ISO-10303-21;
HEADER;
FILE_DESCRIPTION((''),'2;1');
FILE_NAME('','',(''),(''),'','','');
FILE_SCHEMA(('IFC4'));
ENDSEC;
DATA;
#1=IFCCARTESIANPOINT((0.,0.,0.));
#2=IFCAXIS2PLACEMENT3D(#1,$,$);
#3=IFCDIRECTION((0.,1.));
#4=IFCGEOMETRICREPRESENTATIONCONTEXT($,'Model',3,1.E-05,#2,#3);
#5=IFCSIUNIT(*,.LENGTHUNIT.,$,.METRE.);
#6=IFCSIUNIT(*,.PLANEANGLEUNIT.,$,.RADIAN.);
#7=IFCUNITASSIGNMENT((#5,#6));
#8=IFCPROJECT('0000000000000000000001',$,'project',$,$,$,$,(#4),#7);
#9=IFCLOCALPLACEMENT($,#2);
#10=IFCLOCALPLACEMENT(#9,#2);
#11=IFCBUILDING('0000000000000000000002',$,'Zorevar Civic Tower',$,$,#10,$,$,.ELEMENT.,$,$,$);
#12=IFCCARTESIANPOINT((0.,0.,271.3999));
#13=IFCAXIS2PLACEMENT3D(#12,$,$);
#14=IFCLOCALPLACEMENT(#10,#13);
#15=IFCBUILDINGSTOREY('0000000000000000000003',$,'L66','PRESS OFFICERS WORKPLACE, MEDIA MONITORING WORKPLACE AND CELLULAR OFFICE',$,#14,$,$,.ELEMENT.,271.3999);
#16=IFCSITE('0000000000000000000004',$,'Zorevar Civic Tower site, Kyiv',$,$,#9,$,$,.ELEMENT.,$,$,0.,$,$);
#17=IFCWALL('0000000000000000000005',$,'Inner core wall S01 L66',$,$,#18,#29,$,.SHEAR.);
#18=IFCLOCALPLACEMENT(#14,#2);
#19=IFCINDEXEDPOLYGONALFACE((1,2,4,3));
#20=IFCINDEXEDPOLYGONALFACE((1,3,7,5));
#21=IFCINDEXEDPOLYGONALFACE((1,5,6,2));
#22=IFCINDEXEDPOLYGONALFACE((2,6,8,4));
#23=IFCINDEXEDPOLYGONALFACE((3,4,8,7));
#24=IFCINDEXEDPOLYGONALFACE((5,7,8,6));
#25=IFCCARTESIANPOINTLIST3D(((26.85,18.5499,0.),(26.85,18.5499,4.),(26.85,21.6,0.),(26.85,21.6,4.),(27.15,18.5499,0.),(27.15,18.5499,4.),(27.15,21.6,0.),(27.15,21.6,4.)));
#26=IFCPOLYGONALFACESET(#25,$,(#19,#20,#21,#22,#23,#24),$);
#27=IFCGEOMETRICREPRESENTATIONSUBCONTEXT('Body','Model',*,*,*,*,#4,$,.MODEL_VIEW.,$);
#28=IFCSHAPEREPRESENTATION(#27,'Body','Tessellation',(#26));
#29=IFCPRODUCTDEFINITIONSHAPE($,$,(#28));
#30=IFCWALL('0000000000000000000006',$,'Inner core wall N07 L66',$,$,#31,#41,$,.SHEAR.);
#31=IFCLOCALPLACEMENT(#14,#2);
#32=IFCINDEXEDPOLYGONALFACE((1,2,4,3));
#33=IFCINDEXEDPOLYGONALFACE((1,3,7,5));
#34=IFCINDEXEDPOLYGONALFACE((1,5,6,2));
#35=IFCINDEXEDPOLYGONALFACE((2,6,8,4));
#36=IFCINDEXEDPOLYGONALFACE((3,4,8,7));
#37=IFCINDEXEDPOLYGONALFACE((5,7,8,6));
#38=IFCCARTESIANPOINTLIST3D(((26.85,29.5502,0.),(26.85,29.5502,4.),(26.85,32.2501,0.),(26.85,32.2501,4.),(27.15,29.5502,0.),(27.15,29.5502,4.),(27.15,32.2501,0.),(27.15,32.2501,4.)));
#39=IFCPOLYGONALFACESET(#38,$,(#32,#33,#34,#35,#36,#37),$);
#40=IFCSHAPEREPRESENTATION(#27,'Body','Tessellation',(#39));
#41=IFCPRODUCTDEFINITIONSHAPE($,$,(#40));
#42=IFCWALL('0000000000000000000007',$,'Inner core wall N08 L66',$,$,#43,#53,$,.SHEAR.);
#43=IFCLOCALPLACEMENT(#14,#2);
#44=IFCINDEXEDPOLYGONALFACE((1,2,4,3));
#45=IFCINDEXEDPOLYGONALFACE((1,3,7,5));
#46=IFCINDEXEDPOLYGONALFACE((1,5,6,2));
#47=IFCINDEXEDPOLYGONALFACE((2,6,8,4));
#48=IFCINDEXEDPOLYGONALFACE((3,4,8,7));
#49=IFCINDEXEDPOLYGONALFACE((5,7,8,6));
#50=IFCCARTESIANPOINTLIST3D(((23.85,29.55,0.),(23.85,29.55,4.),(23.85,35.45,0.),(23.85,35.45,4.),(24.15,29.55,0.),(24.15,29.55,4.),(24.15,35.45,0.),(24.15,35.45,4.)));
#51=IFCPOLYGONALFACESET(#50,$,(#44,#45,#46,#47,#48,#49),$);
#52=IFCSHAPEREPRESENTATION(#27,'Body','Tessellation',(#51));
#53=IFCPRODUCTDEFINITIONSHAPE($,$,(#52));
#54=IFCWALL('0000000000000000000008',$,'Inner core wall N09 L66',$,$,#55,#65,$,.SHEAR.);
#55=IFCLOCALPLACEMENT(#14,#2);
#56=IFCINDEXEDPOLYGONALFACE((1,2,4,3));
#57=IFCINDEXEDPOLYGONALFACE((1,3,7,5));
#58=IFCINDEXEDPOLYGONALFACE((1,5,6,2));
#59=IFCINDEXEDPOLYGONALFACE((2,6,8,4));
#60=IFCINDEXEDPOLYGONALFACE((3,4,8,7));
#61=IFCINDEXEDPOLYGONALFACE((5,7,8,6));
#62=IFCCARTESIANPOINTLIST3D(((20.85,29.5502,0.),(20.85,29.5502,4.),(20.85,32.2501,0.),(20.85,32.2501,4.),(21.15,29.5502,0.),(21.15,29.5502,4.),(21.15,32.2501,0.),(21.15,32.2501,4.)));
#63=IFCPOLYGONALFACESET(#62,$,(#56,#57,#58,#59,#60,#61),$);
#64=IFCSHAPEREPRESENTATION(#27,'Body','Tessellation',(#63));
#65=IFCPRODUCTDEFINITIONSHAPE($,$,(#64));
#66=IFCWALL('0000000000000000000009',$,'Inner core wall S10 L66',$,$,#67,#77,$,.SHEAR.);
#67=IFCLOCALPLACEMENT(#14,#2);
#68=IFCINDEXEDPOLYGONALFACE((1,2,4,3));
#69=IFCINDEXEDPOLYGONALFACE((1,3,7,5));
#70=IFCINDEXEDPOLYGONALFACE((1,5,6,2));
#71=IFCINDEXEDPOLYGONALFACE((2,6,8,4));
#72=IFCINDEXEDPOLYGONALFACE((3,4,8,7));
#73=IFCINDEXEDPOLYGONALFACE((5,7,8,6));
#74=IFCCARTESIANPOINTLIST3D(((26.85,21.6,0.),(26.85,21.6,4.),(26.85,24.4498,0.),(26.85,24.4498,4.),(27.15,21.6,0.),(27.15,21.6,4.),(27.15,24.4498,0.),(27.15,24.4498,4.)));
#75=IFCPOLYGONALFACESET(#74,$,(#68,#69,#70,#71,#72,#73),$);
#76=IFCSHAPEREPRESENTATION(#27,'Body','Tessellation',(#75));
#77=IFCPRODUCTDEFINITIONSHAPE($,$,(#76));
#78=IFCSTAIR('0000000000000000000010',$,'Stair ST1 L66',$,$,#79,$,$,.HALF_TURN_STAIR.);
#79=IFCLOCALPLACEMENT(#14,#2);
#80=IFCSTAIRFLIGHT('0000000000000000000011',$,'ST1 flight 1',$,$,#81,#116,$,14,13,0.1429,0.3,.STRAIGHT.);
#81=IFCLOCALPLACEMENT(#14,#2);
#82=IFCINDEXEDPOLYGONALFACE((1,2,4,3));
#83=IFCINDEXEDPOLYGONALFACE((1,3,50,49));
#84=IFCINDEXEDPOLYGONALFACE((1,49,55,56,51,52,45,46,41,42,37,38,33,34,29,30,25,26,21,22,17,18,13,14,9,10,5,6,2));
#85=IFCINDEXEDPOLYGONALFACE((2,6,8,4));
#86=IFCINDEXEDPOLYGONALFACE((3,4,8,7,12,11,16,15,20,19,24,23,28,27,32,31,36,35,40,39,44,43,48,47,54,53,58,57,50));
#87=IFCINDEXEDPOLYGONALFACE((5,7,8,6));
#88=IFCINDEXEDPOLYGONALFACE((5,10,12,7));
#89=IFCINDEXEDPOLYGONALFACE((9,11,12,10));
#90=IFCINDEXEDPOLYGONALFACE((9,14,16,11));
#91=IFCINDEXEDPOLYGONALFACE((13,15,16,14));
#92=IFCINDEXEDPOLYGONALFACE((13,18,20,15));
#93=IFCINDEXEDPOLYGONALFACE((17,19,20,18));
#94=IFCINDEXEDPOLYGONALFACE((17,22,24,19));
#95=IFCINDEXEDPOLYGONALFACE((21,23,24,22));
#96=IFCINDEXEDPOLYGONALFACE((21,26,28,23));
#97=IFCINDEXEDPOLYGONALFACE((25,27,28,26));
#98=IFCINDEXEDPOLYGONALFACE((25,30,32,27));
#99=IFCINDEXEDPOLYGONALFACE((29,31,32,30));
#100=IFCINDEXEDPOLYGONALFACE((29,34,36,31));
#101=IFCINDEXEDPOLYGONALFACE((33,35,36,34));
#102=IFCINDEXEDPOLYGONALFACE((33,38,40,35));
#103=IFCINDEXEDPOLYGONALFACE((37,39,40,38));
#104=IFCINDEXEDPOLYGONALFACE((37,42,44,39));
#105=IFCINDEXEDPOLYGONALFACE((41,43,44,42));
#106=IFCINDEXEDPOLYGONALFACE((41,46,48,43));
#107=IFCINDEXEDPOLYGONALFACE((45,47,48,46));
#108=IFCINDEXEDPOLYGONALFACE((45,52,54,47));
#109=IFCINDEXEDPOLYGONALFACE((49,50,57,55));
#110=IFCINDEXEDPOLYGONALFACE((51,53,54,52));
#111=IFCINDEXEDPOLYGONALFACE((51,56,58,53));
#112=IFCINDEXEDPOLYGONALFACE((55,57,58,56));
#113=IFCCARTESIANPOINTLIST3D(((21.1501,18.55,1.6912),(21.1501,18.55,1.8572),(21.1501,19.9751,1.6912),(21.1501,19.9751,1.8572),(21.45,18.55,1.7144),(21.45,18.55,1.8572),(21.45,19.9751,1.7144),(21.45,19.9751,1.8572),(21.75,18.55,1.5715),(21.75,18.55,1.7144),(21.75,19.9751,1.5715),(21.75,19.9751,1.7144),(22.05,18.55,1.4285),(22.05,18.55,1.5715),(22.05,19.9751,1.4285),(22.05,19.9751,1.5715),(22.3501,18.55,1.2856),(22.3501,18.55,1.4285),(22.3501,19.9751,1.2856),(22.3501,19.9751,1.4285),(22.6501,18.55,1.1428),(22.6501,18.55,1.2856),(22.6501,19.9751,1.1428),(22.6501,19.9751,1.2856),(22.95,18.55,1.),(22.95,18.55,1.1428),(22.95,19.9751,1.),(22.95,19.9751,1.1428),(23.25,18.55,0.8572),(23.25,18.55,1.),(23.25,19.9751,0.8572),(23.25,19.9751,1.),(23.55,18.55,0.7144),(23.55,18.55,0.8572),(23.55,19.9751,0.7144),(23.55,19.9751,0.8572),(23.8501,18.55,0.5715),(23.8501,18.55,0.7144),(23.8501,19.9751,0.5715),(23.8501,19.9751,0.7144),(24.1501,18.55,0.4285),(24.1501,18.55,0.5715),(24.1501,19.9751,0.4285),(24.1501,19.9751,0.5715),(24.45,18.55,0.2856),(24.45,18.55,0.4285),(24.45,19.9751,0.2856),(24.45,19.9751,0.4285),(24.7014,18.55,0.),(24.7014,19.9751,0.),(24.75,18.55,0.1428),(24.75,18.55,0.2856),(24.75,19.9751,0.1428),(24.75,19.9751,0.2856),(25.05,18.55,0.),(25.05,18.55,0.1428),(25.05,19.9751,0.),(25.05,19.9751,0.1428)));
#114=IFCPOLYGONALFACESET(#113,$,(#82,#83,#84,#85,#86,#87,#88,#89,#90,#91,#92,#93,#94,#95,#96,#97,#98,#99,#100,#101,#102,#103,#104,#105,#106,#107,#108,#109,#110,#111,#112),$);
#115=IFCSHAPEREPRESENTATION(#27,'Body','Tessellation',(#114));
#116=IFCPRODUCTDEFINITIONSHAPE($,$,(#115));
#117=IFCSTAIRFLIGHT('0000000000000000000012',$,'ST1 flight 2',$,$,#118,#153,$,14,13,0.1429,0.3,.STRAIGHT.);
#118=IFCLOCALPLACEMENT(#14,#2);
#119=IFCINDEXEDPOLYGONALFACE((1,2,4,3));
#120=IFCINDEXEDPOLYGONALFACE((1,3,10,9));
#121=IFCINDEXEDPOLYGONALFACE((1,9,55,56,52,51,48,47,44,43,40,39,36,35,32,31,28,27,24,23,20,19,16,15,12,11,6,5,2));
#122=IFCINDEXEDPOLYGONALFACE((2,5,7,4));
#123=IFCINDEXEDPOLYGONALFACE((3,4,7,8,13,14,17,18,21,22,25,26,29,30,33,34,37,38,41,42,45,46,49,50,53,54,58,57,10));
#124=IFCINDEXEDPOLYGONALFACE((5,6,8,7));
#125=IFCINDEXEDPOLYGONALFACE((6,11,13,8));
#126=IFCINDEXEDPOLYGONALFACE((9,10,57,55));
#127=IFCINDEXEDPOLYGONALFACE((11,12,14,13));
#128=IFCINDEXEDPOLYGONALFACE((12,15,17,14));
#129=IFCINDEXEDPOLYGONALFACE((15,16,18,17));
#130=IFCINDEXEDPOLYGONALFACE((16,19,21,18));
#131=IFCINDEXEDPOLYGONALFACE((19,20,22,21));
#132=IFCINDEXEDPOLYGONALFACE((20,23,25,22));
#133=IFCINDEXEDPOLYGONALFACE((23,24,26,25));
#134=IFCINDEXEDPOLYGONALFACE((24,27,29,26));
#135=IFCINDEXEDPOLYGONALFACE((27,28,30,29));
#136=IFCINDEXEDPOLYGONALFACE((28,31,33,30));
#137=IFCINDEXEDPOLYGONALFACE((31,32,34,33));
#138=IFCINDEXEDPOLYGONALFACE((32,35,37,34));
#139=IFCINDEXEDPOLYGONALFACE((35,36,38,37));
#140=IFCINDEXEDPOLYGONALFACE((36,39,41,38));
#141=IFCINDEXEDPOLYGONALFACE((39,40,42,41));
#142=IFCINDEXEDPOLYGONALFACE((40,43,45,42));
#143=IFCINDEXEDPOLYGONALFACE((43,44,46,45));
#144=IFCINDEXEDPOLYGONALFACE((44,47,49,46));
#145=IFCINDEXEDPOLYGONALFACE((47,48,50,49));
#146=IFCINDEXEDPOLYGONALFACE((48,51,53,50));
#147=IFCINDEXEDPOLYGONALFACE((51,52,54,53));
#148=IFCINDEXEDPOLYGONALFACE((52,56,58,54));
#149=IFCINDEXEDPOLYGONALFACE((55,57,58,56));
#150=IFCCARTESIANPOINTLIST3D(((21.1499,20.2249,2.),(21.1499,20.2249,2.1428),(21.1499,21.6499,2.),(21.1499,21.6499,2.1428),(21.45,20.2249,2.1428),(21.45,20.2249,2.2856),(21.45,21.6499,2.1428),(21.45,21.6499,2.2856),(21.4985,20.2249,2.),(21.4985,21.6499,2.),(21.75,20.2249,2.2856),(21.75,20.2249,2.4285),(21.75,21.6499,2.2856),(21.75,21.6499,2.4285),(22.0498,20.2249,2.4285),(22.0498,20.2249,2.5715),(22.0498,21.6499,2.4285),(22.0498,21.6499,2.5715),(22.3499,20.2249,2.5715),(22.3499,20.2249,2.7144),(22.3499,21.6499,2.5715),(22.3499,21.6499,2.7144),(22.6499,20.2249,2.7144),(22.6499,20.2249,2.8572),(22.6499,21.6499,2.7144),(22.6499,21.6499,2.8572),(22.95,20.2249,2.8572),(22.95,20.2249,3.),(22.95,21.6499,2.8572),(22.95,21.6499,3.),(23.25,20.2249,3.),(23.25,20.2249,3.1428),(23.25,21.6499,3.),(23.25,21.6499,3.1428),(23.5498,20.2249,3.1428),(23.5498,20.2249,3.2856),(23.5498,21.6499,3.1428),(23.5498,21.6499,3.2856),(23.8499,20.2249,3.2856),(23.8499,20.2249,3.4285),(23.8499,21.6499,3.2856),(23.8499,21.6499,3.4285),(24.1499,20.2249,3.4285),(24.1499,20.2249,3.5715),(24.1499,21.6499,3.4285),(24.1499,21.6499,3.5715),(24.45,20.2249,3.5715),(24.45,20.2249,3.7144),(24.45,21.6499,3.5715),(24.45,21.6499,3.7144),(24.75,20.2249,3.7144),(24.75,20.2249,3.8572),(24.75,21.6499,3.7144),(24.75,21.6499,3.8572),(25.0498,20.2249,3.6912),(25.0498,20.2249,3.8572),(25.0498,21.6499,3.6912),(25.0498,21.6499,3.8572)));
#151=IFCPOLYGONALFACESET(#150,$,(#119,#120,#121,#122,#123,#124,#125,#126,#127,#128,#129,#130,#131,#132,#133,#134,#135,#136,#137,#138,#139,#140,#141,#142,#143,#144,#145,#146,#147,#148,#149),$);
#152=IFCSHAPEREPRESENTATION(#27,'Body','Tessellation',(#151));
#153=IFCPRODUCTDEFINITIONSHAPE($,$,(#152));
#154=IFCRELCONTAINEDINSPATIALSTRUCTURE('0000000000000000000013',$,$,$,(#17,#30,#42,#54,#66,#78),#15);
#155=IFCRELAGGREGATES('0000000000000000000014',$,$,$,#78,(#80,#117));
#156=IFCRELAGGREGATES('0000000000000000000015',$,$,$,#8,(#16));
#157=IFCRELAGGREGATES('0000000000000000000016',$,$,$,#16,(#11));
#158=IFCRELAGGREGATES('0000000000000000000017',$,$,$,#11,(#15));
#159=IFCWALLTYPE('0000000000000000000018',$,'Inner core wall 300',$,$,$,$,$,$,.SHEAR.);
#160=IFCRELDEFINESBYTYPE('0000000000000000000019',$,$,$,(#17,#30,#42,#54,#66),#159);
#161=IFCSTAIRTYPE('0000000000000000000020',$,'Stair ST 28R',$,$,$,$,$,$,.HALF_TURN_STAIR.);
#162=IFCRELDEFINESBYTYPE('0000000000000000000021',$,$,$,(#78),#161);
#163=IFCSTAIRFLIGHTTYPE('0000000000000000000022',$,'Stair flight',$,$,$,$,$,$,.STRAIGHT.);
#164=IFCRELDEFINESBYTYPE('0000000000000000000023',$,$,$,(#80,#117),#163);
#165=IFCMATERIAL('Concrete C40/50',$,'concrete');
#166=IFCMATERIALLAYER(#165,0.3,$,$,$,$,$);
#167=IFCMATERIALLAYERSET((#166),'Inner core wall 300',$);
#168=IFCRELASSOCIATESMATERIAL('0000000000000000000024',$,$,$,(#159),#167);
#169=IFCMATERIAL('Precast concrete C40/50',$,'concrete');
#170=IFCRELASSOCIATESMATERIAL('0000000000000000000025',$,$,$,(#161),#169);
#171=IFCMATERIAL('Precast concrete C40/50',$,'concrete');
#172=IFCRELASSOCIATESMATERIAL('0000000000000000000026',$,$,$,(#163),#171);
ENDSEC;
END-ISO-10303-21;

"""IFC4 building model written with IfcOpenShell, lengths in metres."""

from ifc_helpers import new_model, si_unit, direction, frame, frame_2d, origin, place, context, subcontext, project, spatial, polyline, rectangle, outline, extrude, material, layer, layer_set, type_object, element, aggregate, save


model = new_model("IFC4")

# Units and contexts
model_context = context("Model", 3, precision=1e-05, world=origin(), true_north=direction((0.0, 1.0)))
body_context = subcontext(model_context, "Body", "Model", "MODEL_VIEW")
ifc_project = project(units=[si_unit("LENGTHUNIT", "METRE"), si_unit("PLANEANGLEUNIT", "RADIAN")], contexts=[model_context])

# Site, building, storey
site_placement = place(None, origin())
site = spatial("IfcSite", under=ifc_project, at=site_placement, Name="Zorevar Civic Tower site, Kyiv", CompositionType="ELEMENT", RefElevation=0.0)
building_placement = place(site_placement, origin())
building = spatial("IfcBuilding", under=site, at=building_placement, Name="Zorevar Civic Tower", CompositionType="ELEMENT")
storey_placement = place(building_placement, frame((0.0, 0.0, 271.3999)))
storey = spatial("IfcBuildingStorey", under=building, at=storey_placement, Name="L66", Description="PRESS OFFICERS WORKPLACE, MEDIA MONITORING WORKPLACE AND CELLULAR OFFICE", CompositionType="ELEMENT", Elevation=271.3999)

# Wall
ifc_material_1 = material(Name="Concrete C40/50", Category="concrete")
ifc_layer = layer(ifc_material_1, 0.3)
ifc_layer_set = layer_set([ifc_layer], Name="Inner core wall 300")
wall_type = type_object("IfcWallType", Name="Inner core wall 300", PredefinedType="SHEAR", material=ifc_layer_set)
wall_1_placement = place(storey_placement, frame((27.0, 18.55, 0.0), z_axis=(0.0, 0.0, 1.0), x_axis=(0.0, 1.0, 0.0)))
element("IfcWall", 1, at=wall_1_placement, inside=storey, type_object=wall_type, Name="Inner core wall S01 L66", PredefinedType="SHEAR", context=body_context, shape_type="SweptSolid", body=[
    extrude(rectangle(XDim=3.05, YDim=0.3, at=frame_2d((1.5249, 0.0))), origin(), (0.0, 0.0, 1.0), 4.0),
])

# Walls
wall_2_placement = place(storey_placement, frame((27.0, 29.55, 0.0), z_axis=(0.0, 0.0, 1.0), x_axis=(0.0, 1.0, 0.0)))
element("IfcWall", 2, at=wall_2_placement, inside=storey, type_object=wall_type, Name="Inner core wall N07 L66", PredefinedType="SHEAR", context=body_context, shape_type="SweptSolid", body=[
    extrude(rectangle(XDim=2.7, YDim=0.3, at=frame_2d((1.3501, 0.0))), origin(), (0.0, 0.0, 1.0), 4.0),
])
wall_3_placement = place(storey_placement, frame((24.0, 29.55, 0.0), z_axis=(0.0, 0.0, 1.0), x_axis=(0.0, 1.0, 0.0)))
element("IfcWall", 3, at=wall_3_placement, inside=storey, type_object=wall_type, Name="Inner core wall N08 L66", PredefinedType="SHEAR", context=body_context, shape_type="SweptSolid", body=[
    extrude(rectangle(XDim=5.8999, YDim=0.3, at=frame_2d((2.95, 0.0))), origin(), (0.0, 0.0, 1.0), 4.0),
])
wall_4_placement = place(storey_placement, frame((21.0, 29.55, 0.0), z_axis=(0.0, 0.0, 1.0), x_axis=(0.0, 1.0, 0.0)))
element("IfcWall", 4, at=wall_4_placement, inside=storey, type_object=wall_type, Name="Inner core wall N09 L66", PredefinedType="SHEAR", context=body_context, shape_type="SweptSolid", body=[
    extrude(rectangle(XDim=2.7, YDim=0.3, at=frame_2d((1.3501, 0.0))), origin(), (0.0, 0.0, 1.0), 4.0),
])
wall_5_placement = place(storey_placement, frame((27.0, 21.6001, 0.0), z_axis=(0.0, 0.0, 1.0), x_axis=(0.0, 1.0, 0.0)))
element("IfcWall", 5, at=wall_5_placement, inside=storey, type_object=wall_type, Name="Inner core wall S10 L66", PredefinedType="SHEAR", context=body_context, shape_type="SweptSolid", body=[
    extrude(rectangle(XDim=2.8499, YDim=0.3, at=frame_2d((1.4248, 0.0))), origin(), (0.0, 0.0, 1.0), 4.0),
])

# Stair, stair flights
ifc_material_2 = material(Name="Precast concrete C40/50", Category="concrete")
stair_type = type_object("IfcStairType", Name="Stair ST 28R", PredefinedType="HALF_TURN_STAIR", material=ifc_material_2)
stair_placement = place(storey_placement, origin())
stair = element("IfcStair", 6, at=stair_placement, inside=storey, type_object=stair_type, Name="Stair ST1 L66", PredefinedType="HALF_TURN_STAIR")
ifc_material_3 = material(Name="Precast concrete C40/50", Category="concrete")
stair_flight_type = type_object("IfcStairFlightType", Name="Stair flight", PredefinedType="STRAIGHT", material=ifc_material_3)
stair_flight_1_placement = place(storey_placement, frame((25.05, 19.2625, 0.0), z_axis=(0.0, 0.0, 1.0), x_axis=(-1.0, 0.0, 0.0)))
stair_flight_1 = element("IfcStairFlight", 7, at=stair_flight_1_placement, type_object=stair_flight_type, Name="ST1 flight 1", NumberOfRisers=14, NumberOfTreads=13, PredefinedType="STRAIGHT", RiserHeight=0.1429, TreadLength=0.3, context=body_context, shape_type="SweptSolid", body=[
    extrude(outline(polyline([(0.0, 0.0), (0.0, 0.1428), (0.3, 0.1428), (0.3, 0.2856), (0.6001, 0.2856), (0.6001, 0.4285), (0.8999, 0.4285), (0.8999, 0.5715), (1.2, 0.5715), (1.2, 0.7144), (1.5, 0.7144), (1.5, 0.8572), (1.8, 0.8572), (1.8, 1.0), (2.1001, 1.0), (2.1001, 1.1428), (2.3999, 1.1428), (2.3999, 1.2856), (2.7, 1.2856), (2.7, 1.4285), (3.0, 1.4285), (3.0, 1.5715), (3.3, 1.5715), (3.3, 1.7144), (3.6001, 1.7144), (3.6001, 1.8572), (3.8999, 1.8572), (3.8999, 2.0), (3.8999, 1.6912), (0.3486, 0.0), (0.0, 0.0)])), frame((0.0, 0.7124, 0.0), z_axis=(0.0, -1.0, 0.0), x_axis=(1.0, 0.0, 0.0)), (0.0, 0.0, 1.0), 1.425),
])
stair_flight_2_placement = place(storey_placement, frame((21.1499, 20.9375, 2.0), z_axis=(0.0, 0.0, 1.0), x_axis=(1.0, 0.0, 0.0)))
stair_flight_2 = element("IfcStairFlight", 8, at=stair_flight_2_placement, type_object=stair_flight_type, Name="ST1 flight 2", NumberOfRisers=14, NumberOfTreads=13, PredefinedType="STRAIGHT", RiserHeight=0.1429, TreadLength=0.3, context=body_context, shape_type="SweptSolid", body=[
    extrude(outline(polyline([(0.0, 0.0), (0.0, 0.1428), (0.3, 0.1428), (0.3, 0.2856), (0.6001, 0.2856), (0.6001, 0.4285), (0.8999, 0.4285), (0.8999, 0.5715), (1.2, 0.5715), (1.2, 0.7144), (1.5, 0.7144), (1.5, 0.8572), (1.8, 0.8572), (1.8, 1.0), (2.1001, 1.0), (2.1001, 1.1428), (2.3999, 1.1428), (2.3999, 1.2856), (2.7, 1.2856), (2.7, 1.4285), (3.0, 1.4285), (3.0, 1.5715), (3.3, 1.5715), (3.3, 1.7144), (3.6001, 1.7144), (3.6001, 1.8572), (3.8999, 1.8572), (3.8999, 2.0), (3.8999, 1.6912), (0.3486, 0.0), (0.0, 0.0)])), frame((0.0, 0.7124, 0.0), z_axis=(0.0, -1.0, 0.0), x_axis=(1.0, 0.0, 0.0)), (0.0, 0.0, 1.0), 1.425),
])
aggregate(stair, [stair_flight_1, stair_flight_2])

save(model, "model.ifc")
